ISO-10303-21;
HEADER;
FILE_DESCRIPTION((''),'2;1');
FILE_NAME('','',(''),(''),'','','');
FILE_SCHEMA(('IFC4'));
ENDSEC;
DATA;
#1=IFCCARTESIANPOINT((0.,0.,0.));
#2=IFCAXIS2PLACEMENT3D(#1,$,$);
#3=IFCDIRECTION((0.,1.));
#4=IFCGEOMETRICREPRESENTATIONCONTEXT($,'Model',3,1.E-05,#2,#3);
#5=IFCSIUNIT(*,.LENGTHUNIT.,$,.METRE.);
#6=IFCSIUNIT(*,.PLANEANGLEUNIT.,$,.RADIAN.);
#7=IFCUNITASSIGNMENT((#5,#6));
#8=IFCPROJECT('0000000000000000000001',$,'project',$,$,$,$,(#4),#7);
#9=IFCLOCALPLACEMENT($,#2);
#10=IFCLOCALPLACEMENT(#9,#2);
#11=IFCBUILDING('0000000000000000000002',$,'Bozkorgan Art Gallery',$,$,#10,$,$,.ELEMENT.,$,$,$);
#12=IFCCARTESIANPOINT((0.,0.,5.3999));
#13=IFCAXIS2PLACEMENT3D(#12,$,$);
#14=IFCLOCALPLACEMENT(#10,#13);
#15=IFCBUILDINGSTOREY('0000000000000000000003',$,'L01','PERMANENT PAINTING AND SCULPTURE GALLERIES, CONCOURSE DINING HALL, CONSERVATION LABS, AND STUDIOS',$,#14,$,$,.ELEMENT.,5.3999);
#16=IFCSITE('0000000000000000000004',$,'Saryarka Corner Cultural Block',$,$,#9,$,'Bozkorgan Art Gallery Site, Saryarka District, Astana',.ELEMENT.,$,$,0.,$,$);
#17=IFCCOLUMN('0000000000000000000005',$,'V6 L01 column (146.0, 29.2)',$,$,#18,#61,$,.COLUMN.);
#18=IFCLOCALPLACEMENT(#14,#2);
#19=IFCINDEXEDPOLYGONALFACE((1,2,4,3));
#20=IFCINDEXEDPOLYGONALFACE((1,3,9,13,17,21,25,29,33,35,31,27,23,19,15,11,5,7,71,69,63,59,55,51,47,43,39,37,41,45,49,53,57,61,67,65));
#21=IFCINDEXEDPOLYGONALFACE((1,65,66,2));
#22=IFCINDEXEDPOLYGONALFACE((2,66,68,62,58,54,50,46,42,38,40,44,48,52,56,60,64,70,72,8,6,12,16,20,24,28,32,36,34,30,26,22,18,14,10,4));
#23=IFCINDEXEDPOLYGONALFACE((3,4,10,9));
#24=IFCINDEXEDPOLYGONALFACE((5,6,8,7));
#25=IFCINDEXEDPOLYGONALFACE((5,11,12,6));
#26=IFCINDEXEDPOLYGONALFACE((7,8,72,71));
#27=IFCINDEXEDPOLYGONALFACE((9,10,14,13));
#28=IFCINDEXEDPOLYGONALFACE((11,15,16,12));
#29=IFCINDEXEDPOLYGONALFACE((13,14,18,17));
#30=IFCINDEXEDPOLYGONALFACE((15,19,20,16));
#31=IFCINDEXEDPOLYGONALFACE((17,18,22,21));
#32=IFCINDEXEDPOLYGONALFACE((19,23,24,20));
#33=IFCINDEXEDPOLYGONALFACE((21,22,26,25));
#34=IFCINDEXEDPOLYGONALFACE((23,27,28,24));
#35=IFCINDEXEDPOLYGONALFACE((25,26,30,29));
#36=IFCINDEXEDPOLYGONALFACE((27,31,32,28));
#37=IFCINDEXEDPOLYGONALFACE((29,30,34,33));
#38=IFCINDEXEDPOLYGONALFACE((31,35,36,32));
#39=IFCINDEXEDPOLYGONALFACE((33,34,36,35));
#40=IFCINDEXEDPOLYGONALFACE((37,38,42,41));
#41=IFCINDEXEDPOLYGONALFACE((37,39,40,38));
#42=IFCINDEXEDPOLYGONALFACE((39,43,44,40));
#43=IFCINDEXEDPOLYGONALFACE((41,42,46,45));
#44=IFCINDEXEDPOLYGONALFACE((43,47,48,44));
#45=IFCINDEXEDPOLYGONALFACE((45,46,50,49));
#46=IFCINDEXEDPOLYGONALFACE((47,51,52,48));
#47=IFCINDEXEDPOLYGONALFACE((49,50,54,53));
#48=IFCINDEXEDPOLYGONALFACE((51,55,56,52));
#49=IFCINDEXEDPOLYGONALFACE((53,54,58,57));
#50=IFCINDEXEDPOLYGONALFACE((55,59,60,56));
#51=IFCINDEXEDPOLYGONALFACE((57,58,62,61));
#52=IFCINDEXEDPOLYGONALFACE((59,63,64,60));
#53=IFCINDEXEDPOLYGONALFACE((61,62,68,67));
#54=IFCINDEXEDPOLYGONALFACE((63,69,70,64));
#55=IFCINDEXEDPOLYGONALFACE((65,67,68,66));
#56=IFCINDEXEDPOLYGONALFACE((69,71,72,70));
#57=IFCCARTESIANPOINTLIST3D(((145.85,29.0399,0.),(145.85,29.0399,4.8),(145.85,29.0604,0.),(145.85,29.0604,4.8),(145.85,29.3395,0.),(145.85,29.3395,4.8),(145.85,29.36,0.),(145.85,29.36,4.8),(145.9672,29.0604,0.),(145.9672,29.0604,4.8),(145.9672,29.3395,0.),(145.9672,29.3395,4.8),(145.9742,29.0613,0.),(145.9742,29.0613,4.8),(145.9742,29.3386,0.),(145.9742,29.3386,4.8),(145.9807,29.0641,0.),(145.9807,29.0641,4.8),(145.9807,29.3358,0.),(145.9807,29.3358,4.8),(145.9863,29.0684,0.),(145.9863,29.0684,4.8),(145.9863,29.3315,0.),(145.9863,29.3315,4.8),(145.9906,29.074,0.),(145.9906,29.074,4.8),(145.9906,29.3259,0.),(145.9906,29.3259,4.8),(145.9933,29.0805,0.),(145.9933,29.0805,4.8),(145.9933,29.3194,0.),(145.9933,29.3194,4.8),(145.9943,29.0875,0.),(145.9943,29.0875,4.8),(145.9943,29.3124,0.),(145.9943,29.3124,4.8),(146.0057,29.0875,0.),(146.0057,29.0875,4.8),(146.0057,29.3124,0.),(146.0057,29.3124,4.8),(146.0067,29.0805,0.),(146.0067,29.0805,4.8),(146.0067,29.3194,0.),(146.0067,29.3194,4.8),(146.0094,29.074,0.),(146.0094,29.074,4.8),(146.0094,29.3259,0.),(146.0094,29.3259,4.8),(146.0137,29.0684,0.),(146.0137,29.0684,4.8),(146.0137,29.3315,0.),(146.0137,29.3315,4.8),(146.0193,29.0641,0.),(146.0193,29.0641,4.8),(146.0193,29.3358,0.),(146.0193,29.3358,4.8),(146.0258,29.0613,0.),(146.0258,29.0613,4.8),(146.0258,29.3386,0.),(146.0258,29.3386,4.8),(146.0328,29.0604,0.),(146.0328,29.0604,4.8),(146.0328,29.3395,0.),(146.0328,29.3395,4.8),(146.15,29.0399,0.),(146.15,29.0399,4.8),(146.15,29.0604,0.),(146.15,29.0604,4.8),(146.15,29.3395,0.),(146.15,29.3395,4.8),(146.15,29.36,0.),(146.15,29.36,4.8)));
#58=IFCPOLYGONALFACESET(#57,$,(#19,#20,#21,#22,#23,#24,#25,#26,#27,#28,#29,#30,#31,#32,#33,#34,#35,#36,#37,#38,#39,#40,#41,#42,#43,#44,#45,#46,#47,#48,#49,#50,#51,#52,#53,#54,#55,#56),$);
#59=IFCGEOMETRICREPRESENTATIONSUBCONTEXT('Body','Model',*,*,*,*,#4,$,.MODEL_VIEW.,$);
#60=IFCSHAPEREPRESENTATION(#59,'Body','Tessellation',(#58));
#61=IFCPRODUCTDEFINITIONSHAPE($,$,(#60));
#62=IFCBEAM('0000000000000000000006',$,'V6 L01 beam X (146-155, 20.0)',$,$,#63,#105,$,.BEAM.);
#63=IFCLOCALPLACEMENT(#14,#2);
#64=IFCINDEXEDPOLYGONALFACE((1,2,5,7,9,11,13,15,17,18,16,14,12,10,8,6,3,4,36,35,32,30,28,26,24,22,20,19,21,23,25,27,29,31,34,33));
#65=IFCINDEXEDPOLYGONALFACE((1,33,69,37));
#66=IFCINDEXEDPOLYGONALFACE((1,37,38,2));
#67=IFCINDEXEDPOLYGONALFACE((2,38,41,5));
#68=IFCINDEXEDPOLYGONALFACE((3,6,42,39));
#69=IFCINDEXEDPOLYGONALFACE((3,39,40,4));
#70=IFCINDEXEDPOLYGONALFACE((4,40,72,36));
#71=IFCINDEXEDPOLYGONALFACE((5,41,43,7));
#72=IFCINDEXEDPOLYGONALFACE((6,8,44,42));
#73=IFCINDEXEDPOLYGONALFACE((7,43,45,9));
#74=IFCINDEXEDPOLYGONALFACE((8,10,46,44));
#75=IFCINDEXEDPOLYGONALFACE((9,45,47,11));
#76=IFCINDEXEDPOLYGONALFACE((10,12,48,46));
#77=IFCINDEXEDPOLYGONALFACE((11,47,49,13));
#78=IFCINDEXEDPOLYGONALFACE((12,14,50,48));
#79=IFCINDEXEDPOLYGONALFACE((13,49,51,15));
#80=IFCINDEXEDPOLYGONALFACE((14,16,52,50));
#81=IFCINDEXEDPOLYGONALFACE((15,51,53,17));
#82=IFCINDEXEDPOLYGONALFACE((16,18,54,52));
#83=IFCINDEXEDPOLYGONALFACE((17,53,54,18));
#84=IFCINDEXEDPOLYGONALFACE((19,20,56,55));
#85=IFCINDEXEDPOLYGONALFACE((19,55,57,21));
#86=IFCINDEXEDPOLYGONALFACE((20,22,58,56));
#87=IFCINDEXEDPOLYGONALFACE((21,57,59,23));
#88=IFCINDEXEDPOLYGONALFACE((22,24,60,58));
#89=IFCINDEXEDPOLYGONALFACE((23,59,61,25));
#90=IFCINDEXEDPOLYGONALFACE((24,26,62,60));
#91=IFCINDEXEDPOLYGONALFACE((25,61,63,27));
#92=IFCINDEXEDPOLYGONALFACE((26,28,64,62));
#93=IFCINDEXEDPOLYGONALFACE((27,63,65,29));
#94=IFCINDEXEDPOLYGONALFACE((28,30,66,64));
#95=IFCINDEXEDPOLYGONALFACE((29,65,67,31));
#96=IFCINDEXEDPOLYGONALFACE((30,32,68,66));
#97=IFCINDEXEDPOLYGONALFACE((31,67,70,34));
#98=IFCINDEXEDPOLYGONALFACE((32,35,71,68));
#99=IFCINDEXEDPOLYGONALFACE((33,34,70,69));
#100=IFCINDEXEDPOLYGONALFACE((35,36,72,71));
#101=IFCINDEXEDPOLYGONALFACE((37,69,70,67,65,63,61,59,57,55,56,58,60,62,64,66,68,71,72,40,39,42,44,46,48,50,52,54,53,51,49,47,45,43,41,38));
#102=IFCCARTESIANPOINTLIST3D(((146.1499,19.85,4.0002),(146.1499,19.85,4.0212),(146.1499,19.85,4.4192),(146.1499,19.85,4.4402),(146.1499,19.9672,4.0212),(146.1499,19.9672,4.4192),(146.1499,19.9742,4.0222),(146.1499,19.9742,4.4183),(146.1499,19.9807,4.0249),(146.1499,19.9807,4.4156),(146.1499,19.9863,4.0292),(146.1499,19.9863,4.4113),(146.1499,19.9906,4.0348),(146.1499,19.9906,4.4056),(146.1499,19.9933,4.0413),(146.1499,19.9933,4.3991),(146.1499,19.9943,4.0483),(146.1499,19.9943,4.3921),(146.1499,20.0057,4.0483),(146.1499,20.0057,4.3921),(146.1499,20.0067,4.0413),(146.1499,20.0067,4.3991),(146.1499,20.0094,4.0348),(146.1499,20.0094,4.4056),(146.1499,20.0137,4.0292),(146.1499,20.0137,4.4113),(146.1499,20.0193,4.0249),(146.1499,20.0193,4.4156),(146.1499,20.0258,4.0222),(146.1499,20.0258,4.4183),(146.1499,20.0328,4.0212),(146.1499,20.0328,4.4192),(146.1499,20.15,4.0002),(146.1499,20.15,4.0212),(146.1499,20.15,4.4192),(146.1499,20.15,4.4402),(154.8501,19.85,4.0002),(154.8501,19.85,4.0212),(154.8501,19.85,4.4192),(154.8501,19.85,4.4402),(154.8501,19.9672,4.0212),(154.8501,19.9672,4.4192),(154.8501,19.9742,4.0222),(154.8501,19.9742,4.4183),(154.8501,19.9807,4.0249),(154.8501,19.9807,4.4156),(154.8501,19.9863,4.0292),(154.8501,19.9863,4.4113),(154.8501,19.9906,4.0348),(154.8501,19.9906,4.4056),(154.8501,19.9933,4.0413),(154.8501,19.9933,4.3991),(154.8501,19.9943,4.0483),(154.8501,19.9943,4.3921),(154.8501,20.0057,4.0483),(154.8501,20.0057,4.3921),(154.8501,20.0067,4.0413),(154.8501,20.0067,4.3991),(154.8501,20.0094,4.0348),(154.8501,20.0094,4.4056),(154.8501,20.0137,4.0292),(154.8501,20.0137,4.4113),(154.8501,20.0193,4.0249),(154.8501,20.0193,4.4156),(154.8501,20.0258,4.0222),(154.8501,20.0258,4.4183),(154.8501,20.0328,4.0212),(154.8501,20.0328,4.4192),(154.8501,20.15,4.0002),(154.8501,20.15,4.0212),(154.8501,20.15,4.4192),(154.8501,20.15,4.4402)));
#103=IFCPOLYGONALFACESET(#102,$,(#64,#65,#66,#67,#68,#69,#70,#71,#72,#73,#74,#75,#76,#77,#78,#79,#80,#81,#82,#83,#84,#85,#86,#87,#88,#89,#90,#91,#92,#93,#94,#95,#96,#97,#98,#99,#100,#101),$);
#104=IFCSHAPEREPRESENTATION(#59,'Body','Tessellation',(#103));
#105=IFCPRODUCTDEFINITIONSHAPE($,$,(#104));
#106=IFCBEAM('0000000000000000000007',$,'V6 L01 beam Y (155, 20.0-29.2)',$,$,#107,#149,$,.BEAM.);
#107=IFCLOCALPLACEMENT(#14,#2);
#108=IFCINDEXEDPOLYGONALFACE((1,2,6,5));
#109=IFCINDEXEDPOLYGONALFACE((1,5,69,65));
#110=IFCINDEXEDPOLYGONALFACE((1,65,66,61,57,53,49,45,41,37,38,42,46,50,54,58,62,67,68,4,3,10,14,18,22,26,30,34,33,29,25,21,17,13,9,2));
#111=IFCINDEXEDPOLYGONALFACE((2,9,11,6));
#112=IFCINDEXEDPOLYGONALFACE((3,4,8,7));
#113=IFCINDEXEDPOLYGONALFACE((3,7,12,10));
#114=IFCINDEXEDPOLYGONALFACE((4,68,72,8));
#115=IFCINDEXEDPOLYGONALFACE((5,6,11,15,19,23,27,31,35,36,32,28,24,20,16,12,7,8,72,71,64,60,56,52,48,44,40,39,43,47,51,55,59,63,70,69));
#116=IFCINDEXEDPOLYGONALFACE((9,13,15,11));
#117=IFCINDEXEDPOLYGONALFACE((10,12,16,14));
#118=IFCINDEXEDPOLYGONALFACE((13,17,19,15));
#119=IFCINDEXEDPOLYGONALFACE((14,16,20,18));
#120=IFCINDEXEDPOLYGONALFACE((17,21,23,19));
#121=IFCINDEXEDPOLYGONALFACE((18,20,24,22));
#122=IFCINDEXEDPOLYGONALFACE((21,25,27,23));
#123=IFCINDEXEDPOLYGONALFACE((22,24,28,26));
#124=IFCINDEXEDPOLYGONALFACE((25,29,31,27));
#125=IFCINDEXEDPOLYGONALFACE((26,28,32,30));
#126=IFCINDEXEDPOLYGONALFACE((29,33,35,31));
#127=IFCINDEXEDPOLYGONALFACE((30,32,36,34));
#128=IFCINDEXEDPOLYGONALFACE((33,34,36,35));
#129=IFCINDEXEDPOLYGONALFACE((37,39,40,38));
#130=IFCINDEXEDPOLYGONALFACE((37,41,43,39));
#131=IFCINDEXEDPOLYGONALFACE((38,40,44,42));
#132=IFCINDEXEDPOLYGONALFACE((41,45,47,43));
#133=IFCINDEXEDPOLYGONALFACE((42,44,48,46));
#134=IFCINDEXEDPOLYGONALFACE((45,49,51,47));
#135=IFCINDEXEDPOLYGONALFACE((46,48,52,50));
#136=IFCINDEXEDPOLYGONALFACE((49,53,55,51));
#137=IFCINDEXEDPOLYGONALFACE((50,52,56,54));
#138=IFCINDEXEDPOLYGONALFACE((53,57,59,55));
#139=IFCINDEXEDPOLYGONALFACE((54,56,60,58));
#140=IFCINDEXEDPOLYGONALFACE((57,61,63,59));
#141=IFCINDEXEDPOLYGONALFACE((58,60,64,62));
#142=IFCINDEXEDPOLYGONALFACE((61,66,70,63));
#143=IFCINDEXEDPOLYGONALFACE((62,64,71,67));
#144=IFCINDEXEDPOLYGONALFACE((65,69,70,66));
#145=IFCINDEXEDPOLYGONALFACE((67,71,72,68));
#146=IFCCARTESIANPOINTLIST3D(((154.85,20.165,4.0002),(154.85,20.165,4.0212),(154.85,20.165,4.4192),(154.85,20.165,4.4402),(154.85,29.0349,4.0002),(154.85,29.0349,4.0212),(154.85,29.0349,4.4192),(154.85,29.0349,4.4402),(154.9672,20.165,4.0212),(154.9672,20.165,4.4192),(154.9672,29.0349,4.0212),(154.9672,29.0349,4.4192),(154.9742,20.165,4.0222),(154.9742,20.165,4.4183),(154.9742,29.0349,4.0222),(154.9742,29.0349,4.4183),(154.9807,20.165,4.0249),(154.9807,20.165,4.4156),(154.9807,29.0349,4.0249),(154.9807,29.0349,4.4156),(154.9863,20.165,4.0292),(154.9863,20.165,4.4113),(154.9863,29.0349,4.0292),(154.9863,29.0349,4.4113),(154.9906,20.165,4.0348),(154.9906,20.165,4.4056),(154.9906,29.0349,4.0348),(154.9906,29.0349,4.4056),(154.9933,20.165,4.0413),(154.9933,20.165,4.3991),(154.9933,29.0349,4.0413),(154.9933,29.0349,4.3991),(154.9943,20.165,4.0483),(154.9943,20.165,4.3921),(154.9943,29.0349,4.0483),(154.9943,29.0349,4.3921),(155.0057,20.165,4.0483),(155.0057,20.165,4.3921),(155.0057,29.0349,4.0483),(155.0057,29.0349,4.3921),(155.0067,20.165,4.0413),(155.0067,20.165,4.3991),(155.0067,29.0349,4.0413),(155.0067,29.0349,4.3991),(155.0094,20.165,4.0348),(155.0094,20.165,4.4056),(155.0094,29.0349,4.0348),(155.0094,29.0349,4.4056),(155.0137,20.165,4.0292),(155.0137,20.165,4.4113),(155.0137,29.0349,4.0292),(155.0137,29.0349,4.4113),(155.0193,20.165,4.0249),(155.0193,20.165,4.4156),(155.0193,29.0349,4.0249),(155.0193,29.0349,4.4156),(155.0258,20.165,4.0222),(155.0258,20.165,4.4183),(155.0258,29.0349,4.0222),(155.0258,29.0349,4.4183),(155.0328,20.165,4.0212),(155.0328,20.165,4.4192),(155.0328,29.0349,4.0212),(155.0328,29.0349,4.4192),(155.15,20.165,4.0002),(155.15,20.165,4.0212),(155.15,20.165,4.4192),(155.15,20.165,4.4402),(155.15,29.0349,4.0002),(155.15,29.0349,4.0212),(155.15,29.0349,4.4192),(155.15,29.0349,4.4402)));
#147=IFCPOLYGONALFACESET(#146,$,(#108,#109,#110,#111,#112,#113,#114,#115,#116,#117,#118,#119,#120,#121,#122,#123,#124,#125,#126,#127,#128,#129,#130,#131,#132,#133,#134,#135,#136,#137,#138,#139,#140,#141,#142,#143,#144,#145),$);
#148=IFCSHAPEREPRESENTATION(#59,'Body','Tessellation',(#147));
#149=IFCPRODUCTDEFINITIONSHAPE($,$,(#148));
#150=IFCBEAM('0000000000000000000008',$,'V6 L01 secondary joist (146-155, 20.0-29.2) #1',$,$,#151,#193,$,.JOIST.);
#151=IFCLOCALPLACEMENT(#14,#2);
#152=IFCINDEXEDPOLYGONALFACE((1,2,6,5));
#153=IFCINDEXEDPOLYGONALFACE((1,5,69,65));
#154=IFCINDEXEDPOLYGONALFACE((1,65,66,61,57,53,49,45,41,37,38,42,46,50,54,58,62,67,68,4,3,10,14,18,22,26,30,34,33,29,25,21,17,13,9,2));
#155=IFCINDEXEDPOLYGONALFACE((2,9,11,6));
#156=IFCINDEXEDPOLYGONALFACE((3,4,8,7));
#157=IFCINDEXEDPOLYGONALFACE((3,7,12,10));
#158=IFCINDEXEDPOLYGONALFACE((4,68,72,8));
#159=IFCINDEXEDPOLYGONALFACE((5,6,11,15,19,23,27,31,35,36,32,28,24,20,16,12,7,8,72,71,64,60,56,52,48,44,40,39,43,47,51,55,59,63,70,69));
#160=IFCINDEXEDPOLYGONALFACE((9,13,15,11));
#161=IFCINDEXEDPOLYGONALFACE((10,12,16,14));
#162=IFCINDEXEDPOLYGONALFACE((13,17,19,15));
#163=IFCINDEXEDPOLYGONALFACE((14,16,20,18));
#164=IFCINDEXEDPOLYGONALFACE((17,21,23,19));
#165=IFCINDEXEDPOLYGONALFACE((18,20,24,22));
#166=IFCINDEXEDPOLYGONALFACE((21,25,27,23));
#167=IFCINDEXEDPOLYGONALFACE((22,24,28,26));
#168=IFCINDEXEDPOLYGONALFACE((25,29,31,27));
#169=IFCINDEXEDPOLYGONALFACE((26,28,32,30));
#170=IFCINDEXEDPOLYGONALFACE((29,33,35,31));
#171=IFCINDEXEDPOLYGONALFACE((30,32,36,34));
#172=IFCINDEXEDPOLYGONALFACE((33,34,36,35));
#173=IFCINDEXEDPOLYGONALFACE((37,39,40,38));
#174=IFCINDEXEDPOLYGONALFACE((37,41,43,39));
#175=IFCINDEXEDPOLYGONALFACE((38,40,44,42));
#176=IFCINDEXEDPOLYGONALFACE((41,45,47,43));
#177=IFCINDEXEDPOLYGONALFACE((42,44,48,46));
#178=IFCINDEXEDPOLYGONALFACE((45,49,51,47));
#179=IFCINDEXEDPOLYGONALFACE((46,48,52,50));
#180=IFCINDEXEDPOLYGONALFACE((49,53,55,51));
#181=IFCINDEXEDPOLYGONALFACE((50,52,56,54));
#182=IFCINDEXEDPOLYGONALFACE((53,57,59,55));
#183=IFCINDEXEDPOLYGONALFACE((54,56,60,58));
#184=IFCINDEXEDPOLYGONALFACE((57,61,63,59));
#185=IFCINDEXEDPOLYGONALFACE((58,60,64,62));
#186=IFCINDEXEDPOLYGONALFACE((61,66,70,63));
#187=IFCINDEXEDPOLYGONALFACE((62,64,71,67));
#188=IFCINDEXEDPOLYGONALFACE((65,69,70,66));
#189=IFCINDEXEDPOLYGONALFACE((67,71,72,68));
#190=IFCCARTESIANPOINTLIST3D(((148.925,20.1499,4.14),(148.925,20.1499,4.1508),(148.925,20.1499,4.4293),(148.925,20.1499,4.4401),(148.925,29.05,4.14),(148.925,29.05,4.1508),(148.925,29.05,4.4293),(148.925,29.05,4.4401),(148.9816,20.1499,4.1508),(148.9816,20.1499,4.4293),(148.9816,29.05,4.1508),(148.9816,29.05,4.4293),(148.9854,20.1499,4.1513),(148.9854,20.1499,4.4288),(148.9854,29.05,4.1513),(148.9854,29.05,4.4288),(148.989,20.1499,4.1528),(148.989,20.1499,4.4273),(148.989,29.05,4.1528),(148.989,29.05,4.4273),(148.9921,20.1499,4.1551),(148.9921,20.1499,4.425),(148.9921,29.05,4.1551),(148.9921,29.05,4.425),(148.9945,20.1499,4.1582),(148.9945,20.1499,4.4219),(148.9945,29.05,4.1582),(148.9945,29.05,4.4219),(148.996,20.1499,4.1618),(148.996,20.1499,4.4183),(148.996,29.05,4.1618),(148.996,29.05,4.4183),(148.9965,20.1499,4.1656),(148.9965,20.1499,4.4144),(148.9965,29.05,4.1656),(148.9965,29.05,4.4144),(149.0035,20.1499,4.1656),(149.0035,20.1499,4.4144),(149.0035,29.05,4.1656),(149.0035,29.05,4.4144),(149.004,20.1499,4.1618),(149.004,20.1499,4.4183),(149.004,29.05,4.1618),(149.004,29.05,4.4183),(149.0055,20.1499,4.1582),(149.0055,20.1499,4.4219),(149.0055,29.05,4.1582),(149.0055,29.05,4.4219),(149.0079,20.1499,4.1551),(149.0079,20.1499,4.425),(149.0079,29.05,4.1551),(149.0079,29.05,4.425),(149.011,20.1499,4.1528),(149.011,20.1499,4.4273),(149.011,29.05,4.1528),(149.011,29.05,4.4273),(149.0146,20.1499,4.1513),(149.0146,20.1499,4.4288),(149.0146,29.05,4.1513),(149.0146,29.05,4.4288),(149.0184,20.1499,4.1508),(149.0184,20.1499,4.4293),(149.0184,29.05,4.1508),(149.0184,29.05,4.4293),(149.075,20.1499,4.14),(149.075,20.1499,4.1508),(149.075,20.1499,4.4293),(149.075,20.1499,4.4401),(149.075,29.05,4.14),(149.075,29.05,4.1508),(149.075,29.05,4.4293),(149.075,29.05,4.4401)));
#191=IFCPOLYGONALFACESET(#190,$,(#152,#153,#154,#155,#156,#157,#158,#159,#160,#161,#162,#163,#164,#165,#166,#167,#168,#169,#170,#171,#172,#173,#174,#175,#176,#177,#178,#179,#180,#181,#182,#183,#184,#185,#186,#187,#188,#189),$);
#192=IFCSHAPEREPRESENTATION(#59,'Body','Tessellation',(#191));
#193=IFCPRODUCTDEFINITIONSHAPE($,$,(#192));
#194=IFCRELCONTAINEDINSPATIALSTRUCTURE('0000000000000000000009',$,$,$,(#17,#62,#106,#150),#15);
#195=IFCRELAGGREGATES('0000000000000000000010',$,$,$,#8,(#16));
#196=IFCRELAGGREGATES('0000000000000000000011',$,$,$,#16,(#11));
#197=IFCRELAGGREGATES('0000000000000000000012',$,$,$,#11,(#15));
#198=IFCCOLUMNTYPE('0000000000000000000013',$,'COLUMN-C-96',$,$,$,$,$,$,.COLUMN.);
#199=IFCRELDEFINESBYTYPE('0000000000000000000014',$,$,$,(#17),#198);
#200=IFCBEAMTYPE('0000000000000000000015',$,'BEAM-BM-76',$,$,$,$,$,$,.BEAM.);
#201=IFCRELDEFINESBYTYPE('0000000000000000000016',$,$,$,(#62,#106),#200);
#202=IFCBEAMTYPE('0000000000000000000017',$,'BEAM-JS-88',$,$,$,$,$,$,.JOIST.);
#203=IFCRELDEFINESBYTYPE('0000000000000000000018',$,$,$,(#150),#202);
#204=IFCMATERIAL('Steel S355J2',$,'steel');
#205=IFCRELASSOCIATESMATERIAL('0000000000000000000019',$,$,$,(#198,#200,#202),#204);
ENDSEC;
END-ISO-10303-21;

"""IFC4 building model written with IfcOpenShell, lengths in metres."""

from ifc_helpers import new_model, si_unit, direction, frame, origin, origin_2d, place, context, subcontext, project, spatial, i_section, extrude, material, material_profile, profile_set, type_object, element, save


model = new_model("IFC4")

# Units and contexts
model_context = context("Model", 3, precision=1e-05, world=origin(), true_north=direction((0.0, 1.0)))
body_context = subcontext(model_context, "Body", "Model", "MODEL_VIEW")
ifc_project = project(units=[si_unit("LENGTHUNIT", "METRE"), si_unit("PLANEANGLEUNIT", "RADIAN")], contexts=[model_context])

# Site, building, storey
site_placement = place(None, origin())
site = spatial("IfcSite", under=ifc_project, at=site_placement, Name="Saryarka Corner Cultural Block", LongName="Bozkorgan Art Gallery Site, Saryarka District, Astana", CompositionType="ELEMENT", RefElevation=0.0)
building_placement = place(site_placement, origin())
building = spatial("IfcBuilding", under=site, at=building_placement, Name="Bozkorgan Art Gallery", CompositionType="ELEMENT")
storey_placement = place(building_placement, frame((0.0, 0.0, 5.3999)))
storey = spatial("IfcBuildingStorey", under=building, at=storey_placement, Name="L01", Description="PERMANENT PAINTING AND SCULPTURE GALLERIES, CONCOURSE DINING HALL, CONSERVATION LABS, AND STUDIOS", CompositionType="ELEMENT", Elevation=5.3999)

# Column
ifc_material_1 = material(Name="Steel S355J2", Category="steel")
ifc_material_profile_1 = material_profile(ifc_material_1, i_section(OverallWidth=0.3, OverallDepth=0.3201, WebThickness=0.0115, FlangeThickness=0.0205, FilletRadius=0.0271, at=origin_2d()), Name="HEB 320")
ifc_profile_set_1 = profile_set([ifc_material_profile_1], Name="Steel S355J2")
column_type_1 = type_object("IfcColumnType", Name="COLUMN-C-96", PredefinedType="COLUMN", material=ifc_profile_set_1)
for number, where, z_axis, x_axis, name in (
    (1, (146.0, 29.2, 0.0), (0.0, 0.0, 1.0), (1.0, 0.0, 0.0), "V6 L01 column (146.0, 29.2)"),
):
    element("IfcColumn", number, at=place(storey_placement, frame(where, z_axis=z_axis, x_axis=x_axis)), inside=storey, type_object=column_type_1, Name=name, PredefinedType="COLUMN", context=body_context, shape_type="SweptSolid", body=[
        extrude(i_section(OverallWidth=0.3, OverallDepth=0.3201, WebThickness=0.0115, FlangeThickness=0.0205, FilletRadius=0.0271, at=origin_2d()), origin(), (0.0, 0.0, 1.0), 4.8),
    ])

# Beams
ifc_material_profile_2 = material_profile(ifc_material_1, i_section(OverallWidth=0.3, OverallDepth=0.4399, WebThickness=0.0115, FlangeThickness=0.021, FilletRadius=0.0271, at=origin_2d()), Name="HEA 450")
ifc_profile_set_2 = profile_set([ifc_material_profile_2], Name="Steel S355J2")
beam_type_1 = type_object("IfcBeamType", Name="BEAM-BM-76", PredefinedType="BEAM", material=ifc_profile_set_2)
beam_1_placement = place(storey_placement, frame((146.1499, 20.0, 4.2202), z_axis=(1.0, 0.0, 0.0), x_axis=(0.0, 1.0, 0.0)))
element("IfcBeam", 2, at=beam_1_placement, inside=storey, type_object=beam_type_1, Name="V6 L01 beam X (146-155, 20.0)", PredefinedType="BEAM", context=body_context, shape_type="SweptSolid", body=[
    extrude(i_section(OverallWidth=0.3, OverallDepth=0.4399, WebThickness=0.0115, FlangeThickness=0.021, FilletRadius=0.0271, at=origin_2d()), origin(), (0.0, 0.0, 1.0), 8.7002),
])
beam_2_placement = place(storey_placement, frame((155.0, 20.165, 4.2202), z_axis=(0.0, 1.0, 0.0), x_axis=(-1.0, 0.0, 0.0)))
element("IfcBeam", 3, at=beam_2_placement, inside=storey, type_object=beam_type_1, Name="V6 L01 beam Y (155, 20.0-29.2)", PredefinedType="BEAM", context=body_context, shape_type="SweptSolid", body=[
    extrude(i_section(OverallWidth=0.3, OverallDepth=0.4399, WebThickness=0.0115, FlangeThickness=0.021, FilletRadius=0.0271, at=origin_2d()), origin(), (0.0, 0.0, 1.0), 8.8699),
])
ifc_material_profile_3 = material_profile(ifc_material_1, i_section(OverallWidth=0.1499, OverallDepth=0.3, WebThickness=0.0071, FlangeThickness=0.0107, FilletRadius=0.0149, at=origin_2d()), Name="IPE 300")
ifc_profile_set_3 = profile_set([ifc_material_profile_3], Name="Steel S355J2")
beam_type_2 = type_object("IfcBeamType", Name="BEAM-JS-88", PredefinedType="JOIST", material=ifc_profile_set_3)
for number, where, z_axis, x_axis, name in (
    (4, (149.0, 20.1499, 4.29), (0.0, 1.0, 0.0), (-1.0, 0.0, 0.0), "V6 L01 secondary joist (146-155, 20.0-29.2) #1"),
):
    element("IfcBeam", number, at=place(storey_placement, frame(where, z_axis=z_axis, x_axis=x_axis)), inside=storey, type_object=beam_type_2, Name=name, PredefinedType="JOIST", context=body_context, shape_type="SweptSolid", body=[
        extrude(i_section(OverallWidth=0.1499, OverallDepth=0.3, WebThickness=0.0071, FlangeThickness=0.0107, FilletRadius=0.0149, at=origin_2d()), origin(), (0.0, 0.0, 1.0), 8.9001),
    ])

save(model, "model.ifc")
